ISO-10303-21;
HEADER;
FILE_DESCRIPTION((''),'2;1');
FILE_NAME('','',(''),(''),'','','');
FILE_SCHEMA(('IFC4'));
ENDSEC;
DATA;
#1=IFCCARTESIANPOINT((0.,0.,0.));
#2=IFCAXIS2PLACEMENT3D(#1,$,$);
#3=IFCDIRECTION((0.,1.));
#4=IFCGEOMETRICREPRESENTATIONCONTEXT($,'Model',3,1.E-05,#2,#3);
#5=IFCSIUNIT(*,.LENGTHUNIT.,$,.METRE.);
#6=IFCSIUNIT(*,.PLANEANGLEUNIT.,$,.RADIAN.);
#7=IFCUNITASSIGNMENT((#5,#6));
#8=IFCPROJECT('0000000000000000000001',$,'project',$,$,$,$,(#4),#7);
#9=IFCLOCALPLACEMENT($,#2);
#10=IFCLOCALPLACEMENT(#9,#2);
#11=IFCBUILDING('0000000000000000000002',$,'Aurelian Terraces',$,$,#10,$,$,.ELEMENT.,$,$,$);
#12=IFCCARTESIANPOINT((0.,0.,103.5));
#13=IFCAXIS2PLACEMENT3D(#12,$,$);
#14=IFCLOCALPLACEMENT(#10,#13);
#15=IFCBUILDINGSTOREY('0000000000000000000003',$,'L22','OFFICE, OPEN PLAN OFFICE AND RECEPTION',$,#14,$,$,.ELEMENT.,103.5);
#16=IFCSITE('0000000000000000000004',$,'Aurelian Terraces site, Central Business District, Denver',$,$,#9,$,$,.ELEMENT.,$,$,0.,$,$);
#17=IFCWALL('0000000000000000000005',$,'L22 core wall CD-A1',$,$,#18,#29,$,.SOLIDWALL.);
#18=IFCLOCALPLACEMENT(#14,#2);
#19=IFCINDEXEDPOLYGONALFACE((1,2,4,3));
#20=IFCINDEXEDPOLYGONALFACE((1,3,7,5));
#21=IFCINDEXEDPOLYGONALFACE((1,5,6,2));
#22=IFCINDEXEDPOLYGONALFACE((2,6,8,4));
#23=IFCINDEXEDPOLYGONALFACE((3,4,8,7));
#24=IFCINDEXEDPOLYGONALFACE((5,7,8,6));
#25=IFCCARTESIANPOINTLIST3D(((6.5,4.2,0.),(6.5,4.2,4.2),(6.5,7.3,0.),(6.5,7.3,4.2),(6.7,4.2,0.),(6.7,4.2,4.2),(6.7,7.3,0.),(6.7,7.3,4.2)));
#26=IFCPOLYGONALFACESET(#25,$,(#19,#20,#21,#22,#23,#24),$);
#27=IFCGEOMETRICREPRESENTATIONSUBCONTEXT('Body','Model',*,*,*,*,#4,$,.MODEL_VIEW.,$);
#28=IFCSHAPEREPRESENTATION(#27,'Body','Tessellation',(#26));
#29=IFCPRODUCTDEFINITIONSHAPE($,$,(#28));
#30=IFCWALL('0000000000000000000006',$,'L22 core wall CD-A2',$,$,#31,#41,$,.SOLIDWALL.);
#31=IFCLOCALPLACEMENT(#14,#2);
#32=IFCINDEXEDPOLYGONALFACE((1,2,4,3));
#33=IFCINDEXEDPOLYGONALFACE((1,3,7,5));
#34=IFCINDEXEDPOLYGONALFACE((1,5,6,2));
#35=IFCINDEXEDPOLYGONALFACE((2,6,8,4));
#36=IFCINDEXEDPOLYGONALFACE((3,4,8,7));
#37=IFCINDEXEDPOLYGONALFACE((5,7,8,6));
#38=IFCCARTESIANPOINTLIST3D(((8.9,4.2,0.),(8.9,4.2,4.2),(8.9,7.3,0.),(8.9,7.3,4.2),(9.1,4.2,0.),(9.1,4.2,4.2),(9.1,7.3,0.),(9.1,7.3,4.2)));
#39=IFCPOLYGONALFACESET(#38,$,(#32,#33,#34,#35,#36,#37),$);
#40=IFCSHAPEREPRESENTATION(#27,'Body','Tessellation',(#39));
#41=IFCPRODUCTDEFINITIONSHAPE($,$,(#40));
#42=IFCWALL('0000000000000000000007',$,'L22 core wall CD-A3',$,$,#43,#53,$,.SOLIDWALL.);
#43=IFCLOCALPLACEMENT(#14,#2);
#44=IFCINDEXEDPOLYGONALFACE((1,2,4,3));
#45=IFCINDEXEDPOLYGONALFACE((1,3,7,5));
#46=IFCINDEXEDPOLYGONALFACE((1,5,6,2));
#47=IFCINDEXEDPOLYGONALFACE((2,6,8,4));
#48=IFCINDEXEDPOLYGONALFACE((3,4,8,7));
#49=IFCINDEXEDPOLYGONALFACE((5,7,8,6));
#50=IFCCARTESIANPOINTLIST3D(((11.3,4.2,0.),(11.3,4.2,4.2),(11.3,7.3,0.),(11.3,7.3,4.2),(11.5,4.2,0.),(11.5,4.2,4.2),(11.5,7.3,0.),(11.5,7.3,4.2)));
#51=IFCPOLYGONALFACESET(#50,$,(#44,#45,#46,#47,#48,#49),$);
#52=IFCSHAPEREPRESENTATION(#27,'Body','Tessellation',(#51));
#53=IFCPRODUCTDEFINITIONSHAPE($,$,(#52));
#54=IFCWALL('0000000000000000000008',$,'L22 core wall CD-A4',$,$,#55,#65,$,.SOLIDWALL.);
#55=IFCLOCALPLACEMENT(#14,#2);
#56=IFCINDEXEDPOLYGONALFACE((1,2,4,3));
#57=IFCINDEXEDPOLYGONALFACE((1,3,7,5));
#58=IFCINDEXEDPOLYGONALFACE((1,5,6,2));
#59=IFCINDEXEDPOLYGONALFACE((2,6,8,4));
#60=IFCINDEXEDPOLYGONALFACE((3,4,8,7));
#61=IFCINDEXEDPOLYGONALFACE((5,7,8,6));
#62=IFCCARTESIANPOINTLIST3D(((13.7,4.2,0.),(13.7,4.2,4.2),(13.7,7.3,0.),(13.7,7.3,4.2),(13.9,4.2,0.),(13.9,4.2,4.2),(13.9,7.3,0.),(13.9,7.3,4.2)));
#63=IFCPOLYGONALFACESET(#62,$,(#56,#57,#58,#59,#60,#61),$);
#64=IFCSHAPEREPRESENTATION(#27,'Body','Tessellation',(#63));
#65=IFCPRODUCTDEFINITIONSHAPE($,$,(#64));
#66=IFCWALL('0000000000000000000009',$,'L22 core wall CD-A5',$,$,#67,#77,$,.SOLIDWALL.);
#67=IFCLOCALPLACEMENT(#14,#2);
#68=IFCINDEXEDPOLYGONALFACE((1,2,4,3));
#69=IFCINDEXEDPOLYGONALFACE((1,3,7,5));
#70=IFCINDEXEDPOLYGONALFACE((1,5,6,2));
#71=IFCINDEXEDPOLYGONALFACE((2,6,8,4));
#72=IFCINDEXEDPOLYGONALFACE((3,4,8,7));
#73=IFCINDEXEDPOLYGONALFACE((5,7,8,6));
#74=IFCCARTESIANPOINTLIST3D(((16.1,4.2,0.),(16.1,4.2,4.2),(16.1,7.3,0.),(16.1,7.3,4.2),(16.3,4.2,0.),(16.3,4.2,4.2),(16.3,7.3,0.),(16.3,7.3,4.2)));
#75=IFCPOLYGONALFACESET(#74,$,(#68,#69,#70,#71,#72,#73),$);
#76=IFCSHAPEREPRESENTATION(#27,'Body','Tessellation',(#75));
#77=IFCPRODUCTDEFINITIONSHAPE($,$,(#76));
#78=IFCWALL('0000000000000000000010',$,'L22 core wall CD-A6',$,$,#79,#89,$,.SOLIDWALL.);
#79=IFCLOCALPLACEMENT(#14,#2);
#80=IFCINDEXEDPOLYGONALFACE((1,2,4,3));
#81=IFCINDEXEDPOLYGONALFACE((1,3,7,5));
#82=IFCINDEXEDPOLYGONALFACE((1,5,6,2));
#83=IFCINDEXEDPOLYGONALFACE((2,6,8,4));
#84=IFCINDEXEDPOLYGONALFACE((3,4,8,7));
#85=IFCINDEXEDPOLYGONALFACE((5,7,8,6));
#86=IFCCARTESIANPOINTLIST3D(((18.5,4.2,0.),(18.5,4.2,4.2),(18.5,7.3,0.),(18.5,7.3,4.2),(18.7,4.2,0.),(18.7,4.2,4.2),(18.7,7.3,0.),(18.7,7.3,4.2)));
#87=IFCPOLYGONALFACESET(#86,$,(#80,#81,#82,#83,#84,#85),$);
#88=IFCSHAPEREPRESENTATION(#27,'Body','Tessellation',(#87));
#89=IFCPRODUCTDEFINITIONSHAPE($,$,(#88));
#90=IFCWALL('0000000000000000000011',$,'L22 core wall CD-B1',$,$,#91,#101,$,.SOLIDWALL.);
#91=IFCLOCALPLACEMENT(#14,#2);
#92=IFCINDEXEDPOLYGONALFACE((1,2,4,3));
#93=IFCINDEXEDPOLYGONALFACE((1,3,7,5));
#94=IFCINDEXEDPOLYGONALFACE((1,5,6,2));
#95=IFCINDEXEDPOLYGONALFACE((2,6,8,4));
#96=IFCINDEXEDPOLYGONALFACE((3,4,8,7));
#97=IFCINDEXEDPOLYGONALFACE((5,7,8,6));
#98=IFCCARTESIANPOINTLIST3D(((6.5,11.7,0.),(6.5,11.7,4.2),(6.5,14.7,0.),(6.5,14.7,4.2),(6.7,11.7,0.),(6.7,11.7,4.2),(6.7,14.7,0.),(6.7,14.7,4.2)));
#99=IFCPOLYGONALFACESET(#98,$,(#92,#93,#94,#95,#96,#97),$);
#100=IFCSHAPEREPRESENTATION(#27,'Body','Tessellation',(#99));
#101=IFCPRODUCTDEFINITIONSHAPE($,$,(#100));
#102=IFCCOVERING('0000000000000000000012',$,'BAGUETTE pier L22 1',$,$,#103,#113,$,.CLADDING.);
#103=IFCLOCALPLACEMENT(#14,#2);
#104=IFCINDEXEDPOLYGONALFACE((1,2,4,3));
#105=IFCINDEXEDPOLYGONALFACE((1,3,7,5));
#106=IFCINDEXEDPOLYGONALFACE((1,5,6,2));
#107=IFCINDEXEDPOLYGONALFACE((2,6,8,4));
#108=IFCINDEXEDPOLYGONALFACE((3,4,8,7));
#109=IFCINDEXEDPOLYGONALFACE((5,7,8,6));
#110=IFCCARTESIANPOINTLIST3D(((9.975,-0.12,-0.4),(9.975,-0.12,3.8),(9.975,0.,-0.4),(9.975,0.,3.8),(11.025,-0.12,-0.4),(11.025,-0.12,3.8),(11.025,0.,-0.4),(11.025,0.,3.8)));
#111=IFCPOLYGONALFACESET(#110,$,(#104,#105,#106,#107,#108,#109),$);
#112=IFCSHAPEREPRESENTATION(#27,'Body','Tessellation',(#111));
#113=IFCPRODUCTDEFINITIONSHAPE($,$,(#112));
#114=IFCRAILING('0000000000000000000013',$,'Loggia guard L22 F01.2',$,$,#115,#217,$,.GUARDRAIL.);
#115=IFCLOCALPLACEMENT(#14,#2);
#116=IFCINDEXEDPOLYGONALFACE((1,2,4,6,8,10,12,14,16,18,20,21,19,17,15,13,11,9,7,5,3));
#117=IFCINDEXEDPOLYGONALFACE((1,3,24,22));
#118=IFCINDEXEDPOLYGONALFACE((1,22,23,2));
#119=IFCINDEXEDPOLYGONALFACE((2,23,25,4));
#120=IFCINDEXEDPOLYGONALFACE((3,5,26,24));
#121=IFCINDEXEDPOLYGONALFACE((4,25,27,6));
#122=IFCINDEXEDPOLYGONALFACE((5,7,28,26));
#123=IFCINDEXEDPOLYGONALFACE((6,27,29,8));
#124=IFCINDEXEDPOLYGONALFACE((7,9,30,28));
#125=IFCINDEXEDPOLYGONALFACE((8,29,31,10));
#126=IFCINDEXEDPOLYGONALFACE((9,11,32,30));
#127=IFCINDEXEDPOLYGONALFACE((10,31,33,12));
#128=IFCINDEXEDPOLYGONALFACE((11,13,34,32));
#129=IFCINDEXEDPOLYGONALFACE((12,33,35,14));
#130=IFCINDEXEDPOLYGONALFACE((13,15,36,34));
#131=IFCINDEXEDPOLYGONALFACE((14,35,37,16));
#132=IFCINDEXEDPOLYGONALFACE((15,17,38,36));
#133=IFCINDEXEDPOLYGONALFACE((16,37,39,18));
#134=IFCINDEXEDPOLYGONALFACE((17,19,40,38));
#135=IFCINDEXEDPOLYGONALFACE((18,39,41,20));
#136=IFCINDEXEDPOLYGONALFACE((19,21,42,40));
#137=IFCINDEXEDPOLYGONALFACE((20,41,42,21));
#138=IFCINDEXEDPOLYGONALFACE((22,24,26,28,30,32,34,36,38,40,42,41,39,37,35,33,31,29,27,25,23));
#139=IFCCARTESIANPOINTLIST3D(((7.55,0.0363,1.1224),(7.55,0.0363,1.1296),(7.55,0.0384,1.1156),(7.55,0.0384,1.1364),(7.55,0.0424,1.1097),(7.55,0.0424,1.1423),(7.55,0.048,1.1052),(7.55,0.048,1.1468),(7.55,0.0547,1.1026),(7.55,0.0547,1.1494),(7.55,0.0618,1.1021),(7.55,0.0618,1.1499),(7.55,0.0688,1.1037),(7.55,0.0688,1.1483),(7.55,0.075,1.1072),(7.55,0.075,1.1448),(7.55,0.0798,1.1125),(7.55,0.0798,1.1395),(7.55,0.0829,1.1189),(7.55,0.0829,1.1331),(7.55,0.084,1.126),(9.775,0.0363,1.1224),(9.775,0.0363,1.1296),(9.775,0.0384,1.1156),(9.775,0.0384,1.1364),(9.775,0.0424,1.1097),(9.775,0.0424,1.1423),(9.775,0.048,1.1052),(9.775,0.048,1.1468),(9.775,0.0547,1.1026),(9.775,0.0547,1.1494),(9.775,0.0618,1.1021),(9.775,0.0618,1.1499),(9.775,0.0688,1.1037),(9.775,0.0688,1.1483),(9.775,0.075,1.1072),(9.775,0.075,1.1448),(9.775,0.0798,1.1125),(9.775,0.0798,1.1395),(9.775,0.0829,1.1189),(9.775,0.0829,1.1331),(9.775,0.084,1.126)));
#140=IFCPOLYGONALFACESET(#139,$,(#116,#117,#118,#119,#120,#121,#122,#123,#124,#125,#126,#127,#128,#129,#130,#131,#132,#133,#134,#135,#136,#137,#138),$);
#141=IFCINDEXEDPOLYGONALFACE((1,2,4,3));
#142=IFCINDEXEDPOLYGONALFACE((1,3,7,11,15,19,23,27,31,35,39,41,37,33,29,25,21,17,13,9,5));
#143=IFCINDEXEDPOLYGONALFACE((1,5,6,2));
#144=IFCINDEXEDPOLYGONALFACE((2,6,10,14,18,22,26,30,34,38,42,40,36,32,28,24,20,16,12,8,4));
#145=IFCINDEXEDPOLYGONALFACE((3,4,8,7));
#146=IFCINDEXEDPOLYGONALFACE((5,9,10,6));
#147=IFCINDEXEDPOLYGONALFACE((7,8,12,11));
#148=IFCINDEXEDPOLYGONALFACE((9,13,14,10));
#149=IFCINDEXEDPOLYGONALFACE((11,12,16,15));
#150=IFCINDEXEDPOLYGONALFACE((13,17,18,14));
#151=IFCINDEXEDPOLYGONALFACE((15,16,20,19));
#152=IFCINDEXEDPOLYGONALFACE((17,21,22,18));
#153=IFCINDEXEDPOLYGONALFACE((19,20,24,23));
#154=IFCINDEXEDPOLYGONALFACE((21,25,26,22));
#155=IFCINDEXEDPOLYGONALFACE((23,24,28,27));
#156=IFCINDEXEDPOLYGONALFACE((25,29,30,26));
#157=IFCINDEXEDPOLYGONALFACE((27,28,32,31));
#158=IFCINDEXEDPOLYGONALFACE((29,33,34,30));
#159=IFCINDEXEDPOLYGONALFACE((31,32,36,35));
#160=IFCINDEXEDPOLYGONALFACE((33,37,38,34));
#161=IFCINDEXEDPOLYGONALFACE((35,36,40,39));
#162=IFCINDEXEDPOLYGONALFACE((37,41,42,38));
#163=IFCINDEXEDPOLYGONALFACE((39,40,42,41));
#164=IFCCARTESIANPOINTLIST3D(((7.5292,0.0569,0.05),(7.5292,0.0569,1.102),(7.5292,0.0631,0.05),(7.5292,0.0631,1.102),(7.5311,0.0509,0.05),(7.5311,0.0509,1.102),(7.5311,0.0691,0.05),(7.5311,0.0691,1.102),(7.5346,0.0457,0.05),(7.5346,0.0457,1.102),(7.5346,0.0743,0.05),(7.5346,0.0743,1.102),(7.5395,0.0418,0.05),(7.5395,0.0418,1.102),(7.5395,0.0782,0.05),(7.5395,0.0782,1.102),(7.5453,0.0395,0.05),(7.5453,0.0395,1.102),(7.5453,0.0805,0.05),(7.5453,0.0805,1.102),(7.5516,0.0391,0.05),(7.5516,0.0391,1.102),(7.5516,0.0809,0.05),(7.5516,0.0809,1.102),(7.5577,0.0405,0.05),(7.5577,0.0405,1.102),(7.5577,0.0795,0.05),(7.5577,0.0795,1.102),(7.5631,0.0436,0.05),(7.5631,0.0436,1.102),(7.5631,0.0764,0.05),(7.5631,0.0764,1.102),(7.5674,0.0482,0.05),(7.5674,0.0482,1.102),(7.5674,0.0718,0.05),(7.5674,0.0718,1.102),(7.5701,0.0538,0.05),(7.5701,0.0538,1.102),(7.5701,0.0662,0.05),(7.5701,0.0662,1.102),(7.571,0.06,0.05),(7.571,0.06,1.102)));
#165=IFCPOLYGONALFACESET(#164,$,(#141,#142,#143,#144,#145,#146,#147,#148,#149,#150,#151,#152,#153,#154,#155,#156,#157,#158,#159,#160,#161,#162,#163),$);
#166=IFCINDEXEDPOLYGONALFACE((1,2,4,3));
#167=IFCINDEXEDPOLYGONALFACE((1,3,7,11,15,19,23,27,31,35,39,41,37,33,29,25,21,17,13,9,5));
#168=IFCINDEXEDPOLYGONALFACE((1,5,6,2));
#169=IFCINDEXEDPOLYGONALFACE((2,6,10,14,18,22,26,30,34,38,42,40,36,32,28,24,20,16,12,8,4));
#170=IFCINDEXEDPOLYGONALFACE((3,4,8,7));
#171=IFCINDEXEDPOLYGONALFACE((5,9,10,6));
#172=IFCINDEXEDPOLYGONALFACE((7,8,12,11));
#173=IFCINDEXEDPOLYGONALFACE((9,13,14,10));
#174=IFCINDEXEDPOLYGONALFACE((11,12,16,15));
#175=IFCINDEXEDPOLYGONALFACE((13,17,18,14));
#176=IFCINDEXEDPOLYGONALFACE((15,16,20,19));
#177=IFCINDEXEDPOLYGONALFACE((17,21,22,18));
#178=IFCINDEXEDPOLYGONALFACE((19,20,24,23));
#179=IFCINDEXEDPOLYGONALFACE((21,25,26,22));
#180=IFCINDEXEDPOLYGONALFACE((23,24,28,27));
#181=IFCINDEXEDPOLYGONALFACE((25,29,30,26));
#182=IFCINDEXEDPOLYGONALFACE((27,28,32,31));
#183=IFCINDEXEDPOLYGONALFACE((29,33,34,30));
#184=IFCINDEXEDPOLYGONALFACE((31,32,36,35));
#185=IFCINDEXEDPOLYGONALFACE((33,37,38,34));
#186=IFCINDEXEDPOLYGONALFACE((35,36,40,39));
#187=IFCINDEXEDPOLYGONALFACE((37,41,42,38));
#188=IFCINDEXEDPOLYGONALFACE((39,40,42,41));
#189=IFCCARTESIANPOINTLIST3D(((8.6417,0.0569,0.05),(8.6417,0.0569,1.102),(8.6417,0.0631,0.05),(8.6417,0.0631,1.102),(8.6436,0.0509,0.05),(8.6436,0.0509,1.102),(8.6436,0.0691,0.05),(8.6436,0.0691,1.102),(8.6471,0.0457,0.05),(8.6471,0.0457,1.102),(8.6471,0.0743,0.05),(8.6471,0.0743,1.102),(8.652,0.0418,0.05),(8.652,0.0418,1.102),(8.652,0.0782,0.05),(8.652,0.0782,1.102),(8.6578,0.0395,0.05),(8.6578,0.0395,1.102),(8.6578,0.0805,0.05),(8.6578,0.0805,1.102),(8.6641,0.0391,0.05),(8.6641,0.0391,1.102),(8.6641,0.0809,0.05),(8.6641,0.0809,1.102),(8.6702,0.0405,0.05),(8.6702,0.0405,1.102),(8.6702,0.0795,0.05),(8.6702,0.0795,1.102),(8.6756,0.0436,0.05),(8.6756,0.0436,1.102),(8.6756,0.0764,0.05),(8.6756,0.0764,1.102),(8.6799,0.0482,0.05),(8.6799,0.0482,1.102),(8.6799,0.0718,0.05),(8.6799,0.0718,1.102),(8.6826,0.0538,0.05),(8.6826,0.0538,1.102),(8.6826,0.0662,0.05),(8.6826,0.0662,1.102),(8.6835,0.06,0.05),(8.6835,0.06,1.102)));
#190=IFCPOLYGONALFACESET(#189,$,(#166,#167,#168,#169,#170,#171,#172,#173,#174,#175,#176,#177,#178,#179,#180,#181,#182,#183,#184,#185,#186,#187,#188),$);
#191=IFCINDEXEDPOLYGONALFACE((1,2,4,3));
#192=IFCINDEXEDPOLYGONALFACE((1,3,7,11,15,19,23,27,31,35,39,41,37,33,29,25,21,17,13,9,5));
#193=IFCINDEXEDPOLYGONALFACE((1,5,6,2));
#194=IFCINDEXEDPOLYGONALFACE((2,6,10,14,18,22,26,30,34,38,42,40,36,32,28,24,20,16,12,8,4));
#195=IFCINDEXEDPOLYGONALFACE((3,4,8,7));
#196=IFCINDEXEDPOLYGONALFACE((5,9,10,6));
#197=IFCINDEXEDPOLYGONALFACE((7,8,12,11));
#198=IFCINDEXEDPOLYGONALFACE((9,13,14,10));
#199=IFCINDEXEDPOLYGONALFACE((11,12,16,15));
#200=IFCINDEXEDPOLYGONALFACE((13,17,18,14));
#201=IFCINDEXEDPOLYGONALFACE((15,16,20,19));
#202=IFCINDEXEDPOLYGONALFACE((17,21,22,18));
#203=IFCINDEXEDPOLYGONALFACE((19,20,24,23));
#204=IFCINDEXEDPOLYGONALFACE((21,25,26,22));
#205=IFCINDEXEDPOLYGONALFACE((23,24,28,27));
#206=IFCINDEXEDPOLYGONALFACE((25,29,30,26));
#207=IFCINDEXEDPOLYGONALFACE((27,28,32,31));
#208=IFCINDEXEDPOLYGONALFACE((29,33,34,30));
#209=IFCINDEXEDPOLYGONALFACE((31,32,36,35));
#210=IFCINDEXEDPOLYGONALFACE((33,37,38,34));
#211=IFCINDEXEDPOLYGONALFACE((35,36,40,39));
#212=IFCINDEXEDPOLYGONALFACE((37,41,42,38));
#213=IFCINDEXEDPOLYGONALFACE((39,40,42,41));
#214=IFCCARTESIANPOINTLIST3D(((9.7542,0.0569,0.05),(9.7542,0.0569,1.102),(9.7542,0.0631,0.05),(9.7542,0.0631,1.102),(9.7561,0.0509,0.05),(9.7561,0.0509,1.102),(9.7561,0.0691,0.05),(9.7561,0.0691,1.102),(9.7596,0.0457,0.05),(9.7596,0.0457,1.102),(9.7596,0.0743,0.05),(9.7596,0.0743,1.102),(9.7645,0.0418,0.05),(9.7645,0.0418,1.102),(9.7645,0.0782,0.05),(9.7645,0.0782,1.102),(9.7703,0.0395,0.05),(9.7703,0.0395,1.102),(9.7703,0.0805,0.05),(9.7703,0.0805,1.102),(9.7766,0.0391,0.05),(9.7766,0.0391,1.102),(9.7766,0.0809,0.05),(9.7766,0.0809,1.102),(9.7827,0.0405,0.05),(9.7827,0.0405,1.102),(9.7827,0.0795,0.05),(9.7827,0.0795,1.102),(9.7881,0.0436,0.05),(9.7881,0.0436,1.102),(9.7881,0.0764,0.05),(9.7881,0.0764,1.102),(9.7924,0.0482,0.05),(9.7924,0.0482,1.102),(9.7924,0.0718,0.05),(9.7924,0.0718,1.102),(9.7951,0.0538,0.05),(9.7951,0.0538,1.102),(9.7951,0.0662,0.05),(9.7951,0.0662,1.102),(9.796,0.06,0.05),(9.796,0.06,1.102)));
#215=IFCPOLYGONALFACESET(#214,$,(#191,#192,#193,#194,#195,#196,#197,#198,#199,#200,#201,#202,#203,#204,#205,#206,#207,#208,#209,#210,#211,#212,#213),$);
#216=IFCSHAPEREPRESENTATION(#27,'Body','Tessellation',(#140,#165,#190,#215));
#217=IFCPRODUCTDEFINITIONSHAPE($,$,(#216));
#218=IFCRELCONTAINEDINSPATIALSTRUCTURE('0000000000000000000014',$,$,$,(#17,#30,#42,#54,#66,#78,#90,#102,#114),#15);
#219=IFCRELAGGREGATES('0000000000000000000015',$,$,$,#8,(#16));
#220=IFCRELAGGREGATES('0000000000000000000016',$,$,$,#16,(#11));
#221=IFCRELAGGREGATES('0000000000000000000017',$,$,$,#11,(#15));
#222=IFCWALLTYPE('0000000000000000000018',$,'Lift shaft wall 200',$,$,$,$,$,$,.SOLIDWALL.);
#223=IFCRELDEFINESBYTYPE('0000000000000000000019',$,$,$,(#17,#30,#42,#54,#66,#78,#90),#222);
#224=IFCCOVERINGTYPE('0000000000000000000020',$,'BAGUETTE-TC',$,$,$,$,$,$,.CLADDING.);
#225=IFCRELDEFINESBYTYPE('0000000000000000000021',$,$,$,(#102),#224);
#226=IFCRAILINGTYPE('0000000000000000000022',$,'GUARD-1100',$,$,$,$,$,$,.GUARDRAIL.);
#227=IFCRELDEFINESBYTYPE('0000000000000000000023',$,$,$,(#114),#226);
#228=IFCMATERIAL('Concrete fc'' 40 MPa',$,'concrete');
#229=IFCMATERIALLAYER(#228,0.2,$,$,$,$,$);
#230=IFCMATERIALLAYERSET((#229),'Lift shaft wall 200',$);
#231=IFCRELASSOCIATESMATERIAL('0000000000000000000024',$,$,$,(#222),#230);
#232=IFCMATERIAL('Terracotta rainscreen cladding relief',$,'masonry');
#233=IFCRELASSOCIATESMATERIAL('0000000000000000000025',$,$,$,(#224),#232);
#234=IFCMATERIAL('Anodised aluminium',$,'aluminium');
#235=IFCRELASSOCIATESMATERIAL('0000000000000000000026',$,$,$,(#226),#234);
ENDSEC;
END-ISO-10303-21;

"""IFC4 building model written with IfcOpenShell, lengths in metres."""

from ifc_helpers import new_model, si_unit, direction, frame, frame_2d, origin, origin_2d, place, context, subcontext, project, spatial, rectangle, circle, extrude, source, transform, mapped, material, layer, layer_set, type_object, element, save


model = new_model("IFC4")

# Units and contexts
model_context = context("Model", 3, precision=1e-05, world=origin(), true_north=direction((0.0, 1.0)))
body_context = subcontext(model_context, "Body", "Model", "MODEL_VIEW")
ifc_project = project(units=[si_unit("LENGTHUNIT", "METRE"), si_unit("PLANEANGLEUNIT", "RADIAN")], contexts=[model_context])

# Site, building, storey
site_placement = place(None, origin())
site = spatial("IfcSite", under=ifc_project, at=site_placement, Name="Aurelian Terraces site, Central Business District, Denver", CompositionType="ELEMENT", RefElevation=0.0)
building_placement = place(site_placement, origin())
building = spatial("IfcBuilding", under=site, at=building_placement, Name="Aurelian Terraces", CompositionType="ELEMENT")
storey_placement = place(building_placement, frame((0.0, 0.0, 103.5)))
storey = spatial("IfcBuildingStorey", under=building, at=storey_placement, Name="L22", Description="OFFICE, OPEN PLAN OFFICE AND RECEPTION", CompositionType="ELEMENT", Elevation=103.5)

# Shared definitions
ifc_material_1 = material(Name="Concrete fc' 40 MPa", Category="concrete")

# Walls
ifc_layer_1 = layer(ifc_material_1, 0.2)
ifc_layer_set_1 = layer_set([ifc_layer_1], Name="Lift shaft wall 200")
wall_type_1 = type_object("IfcWallType", Name="Lift shaft wall 200", PredefinedType="SOLIDWALL", material=ifc_layer_set_1)
shared_shape_1 = source(origin(), body_context, "Body", "SweptSolid", [
    extrude(rectangle(XDim=3.1, YDim=0.2, at=frame_2d((1.55, 0.0))), origin(), (0.0, 0.0, 1.0), 4.2),
])
for number, where, z_axis, x_axis, name in (
    (1, (6.6, 4.2, 0.0), (0.0, 0.0, 1.0), (0.0, 1.0, 0.0), "L22 core wall CD-A1"),
    (2, (9.0, 4.2, 0.0), (0.0, 0.0, 1.0), (0.0, 1.0, 0.0), "L22 core wall CD-A2"),
    (3, (11.4, 4.2, 0.0), (0.0, 0.0, 1.0), (0.0, 1.0, 0.0), "L22 core wall CD-A3"),
    (4, (13.8, 4.2, 0.0), (0.0, 0.0, 1.0), (0.0, 1.0, 0.0), "L22 core wall CD-A4"),
    (5, (16.2, 4.2, 0.0), (0.0, 0.0, 1.0), (0.0, 1.0, 0.0), "L22 core wall CD-A5"),
    (6, (18.6, 4.2, 0.0), (0.0, 0.0, 1.0), (0.0, 1.0, 0.0), "L22 core wall CD-A6"),
):
    element("IfcWall", number, at=place(storey_placement, frame(where, z_axis=z_axis, x_axis=x_axis)), inside=storey, type_object=wall_type_1, Name=name, PredefinedType="SOLIDWALL", context=body_context, shape_type="MappedRepresentation", body=[
        mapped(shared_shape_1, transform((0.0, 0.0, 0.0), scale=1.0)),
    ])
shared_shape_2 = source(origin(), body_context, "Body", "SweptSolid", [
    extrude(rectangle(XDim=3.0, YDim=0.2, at=frame_2d((1.5, 0.0))), origin(), (0.0, 0.0, 1.0), 4.2),
])
wall_1_placement = place(storey_placement, frame((6.6, 11.7, 0.0), z_axis=(0.0, 0.0, 1.0), x_axis=(0.0, 1.0, 0.0)))
element("IfcWall", 7, at=wall_1_placement, inside=storey, type_object=wall_type_1, Name="L22 core wall CD-B1", PredefinedType="SOLIDWALL", context=body_context, shape_type="MappedRepresentation", body=[
    mapped(shared_shape_2, transform((0.0, 0.0, 0.0), scale=1.0)),
])

# Covering
ifc_material_2 = material(Name="Terracotta rainscreen cladding relief", Category="masonry")
covering_type = type_object("IfcCoveringType", Name="BAGUETTE-TC", PredefinedType="CLADDING", material=ifc_material_2)
covering_placement = place(storey_placement, frame((10.5, -0.06, -0.4), z_axis=(0.0, 0.0, 1.0), x_axis=(1.0, 0.0, 0.0)))
element("IfcCovering", 8, at=covering_placement, inside=storey, type_object=covering_type, Name="BAGUETTE pier L22 1", PredefinedType="CLADDING", context=body_context, shape_type="SweptSolid", body=[
    extrude(rectangle(XDim=1.05, YDim=0.12, at=origin_2d()), origin(), (0.0, 0.0, 1.0), 4.2),
])

# Railing
ifc_material_3 = material(Name="Anodised aluminium", Category="aluminium")
railing_type = type_object("IfcRailingType", Name="GUARD-1100", PredefinedType="GUARDRAIL", material=ifc_material_3)
railing_placement = place(storey_placement, frame((7.55, 0.06, 0.05)))
element("IfcRailing", 9, at=railing_placement, inside=storey, type_object=railing_type, Name="Loggia guard L22 F01.2", PredefinedType="GUARDRAIL", context=body_context, shape_type="SweptSolid", body=[
    extrude(circle(Radius=0.024, at=origin_2d()), frame((0.0, 0.0, 1.076), z_axis=(1.0, 0.0, 0.0), x_axis=(0.0, 1.0, 0.0)), (0.0, 0.0, 1.0), 2.225),
    extrude(circle(Radius=0.021, at=origin_2d()), origin(), (0.0, 0.0, 1.0), 1.052),
    extrude(circle(Radius=0.021, at=origin_2d()), frame((1.1125, 0.0, 0.0)), (0.0, 0.0, 1.0), 1.052),
    extrude(circle(Radius=0.021, at=origin_2d()), frame((2.225, 0.0, 0.0)), (0.0, 0.0, 1.0), 1.052),
])

save(model, "model.ifc")
